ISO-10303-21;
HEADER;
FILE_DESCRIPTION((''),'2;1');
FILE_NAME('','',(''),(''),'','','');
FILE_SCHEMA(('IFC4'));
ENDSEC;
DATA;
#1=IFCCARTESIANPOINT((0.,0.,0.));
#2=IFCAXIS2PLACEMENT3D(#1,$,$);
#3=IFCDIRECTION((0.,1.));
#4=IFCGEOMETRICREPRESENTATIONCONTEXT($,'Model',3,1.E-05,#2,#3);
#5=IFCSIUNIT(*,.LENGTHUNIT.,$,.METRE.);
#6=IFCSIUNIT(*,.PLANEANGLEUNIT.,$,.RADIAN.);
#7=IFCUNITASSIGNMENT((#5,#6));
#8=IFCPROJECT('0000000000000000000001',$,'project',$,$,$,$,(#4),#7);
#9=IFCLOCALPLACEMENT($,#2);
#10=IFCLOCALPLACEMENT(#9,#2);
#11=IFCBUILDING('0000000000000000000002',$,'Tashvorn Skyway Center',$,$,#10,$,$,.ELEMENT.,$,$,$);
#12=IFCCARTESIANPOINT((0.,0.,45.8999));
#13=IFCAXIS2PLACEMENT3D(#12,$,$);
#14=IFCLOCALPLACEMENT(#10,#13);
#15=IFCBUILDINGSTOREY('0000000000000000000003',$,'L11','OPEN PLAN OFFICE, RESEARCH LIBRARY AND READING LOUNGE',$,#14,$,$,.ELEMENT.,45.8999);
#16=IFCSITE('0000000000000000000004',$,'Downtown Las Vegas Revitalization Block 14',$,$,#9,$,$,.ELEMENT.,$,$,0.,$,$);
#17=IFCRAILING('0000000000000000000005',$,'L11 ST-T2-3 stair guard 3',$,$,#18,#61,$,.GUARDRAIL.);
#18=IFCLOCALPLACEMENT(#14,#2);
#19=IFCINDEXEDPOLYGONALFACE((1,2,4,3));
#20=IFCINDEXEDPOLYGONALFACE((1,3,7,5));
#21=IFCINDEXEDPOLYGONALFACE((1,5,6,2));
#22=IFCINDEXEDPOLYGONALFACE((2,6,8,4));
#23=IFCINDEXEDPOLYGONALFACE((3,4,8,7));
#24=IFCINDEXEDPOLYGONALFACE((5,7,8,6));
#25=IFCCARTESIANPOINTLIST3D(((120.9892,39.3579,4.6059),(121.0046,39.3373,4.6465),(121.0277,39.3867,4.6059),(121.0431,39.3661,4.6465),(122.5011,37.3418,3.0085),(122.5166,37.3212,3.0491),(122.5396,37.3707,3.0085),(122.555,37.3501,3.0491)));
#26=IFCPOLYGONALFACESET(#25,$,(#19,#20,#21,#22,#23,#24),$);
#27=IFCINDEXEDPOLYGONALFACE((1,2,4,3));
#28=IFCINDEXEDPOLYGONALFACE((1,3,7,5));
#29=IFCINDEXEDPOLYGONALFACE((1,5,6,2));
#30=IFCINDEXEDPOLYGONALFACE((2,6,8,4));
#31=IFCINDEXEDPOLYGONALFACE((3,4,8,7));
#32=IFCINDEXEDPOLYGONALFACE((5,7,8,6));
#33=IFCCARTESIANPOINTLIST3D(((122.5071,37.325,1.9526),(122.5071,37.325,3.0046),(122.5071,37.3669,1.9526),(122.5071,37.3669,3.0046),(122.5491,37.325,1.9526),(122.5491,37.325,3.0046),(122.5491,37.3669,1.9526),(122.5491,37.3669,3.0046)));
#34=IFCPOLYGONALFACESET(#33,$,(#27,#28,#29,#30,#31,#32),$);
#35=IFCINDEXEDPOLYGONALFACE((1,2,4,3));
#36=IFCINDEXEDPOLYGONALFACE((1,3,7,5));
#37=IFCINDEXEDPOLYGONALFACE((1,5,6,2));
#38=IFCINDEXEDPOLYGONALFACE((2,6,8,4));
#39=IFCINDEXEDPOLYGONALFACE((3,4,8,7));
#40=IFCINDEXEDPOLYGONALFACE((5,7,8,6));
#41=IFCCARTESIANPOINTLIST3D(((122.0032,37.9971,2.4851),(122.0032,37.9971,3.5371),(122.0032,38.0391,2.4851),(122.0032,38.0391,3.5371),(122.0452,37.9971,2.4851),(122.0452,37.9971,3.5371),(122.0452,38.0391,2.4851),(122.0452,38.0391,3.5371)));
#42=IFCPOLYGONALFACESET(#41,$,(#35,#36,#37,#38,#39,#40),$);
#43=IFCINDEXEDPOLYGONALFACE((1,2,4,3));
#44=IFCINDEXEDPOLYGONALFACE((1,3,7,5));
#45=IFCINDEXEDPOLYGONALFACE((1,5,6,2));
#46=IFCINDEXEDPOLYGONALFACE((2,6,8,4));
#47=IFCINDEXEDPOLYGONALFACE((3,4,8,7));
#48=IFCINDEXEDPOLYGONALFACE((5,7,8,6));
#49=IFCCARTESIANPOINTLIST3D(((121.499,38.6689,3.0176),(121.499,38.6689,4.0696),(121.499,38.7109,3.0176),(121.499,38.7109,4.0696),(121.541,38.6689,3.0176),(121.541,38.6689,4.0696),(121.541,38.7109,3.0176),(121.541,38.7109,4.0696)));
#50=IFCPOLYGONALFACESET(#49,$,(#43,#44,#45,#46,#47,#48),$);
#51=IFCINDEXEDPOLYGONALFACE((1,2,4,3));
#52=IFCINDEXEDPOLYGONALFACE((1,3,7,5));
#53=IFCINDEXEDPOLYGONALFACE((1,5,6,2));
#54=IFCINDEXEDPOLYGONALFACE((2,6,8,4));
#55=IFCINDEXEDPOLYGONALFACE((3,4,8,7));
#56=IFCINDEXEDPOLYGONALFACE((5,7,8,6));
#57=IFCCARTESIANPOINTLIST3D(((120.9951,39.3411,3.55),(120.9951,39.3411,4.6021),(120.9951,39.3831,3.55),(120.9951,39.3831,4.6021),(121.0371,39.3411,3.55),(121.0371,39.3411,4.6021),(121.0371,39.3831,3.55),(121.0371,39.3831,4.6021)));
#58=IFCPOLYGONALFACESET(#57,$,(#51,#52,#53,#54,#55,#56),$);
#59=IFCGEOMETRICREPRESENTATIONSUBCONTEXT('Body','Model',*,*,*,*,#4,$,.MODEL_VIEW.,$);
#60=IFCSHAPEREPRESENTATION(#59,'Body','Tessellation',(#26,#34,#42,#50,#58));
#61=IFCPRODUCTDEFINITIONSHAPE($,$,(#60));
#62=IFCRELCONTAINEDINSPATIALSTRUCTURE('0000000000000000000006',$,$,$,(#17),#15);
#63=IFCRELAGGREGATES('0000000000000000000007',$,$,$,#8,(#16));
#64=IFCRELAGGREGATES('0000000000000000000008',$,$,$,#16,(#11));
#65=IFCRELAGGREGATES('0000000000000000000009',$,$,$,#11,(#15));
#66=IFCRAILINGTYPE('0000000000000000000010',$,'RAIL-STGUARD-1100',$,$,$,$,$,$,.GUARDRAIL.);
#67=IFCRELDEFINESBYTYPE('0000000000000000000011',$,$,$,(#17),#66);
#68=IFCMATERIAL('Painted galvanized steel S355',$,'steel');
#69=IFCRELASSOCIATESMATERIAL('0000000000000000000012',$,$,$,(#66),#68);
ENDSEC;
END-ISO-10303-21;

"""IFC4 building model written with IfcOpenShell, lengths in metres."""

from ifc_helpers import new_model, si_unit, direction, frame, origin, origin_2d, place, context, subcontext, project, spatial, rectangle, extrude, material, type_object, element, save


model = new_model("IFC4")

# Units and contexts
model_context = context("Model", 3, precision=1e-05, world=origin(), true_north=direction((0.0, 1.0)))
body_context = subcontext(model_context, "Body", "Model", "MODEL_VIEW")
ifc_project = project(units=[si_unit("LENGTHUNIT", "METRE"), si_unit("PLANEANGLEUNIT", "RADIAN")], contexts=[model_context])

# Site, building, storey
site_placement = place(None, origin())
site = spatial("IfcSite", under=ifc_project, at=site_placement, Name="Downtown Las Vegas Revitalization Block 14", CompositionType="ELEMENT", RefElevation=0.0)
building_placement = place(site_placement, origin())
building = spatial("IfcBuilding", under=site, at=building_placement, Name="Tashvorn Skyway Center", CompositionType="ELEMENT")
storey_placement = place(building_placement, frame((0.0, 0.0, 45.8999)))
storey = spatial("IfcBuildingStorey", under=building, at=storey_placement, Name="L11", Description="OPEN PLAN OFFICE, RESEARCH LIBRARY AND READING LOUNGE", CompositionType="ELEMENT", Elevation=45.8999)

# Railing
ifc_material_1 = material(Name="Painted galvanized steel S355", Category="steel")
railing_type_1 = type_object("IfcRailingType", Name="RAIL-STGUARD-1100", PredefinedType="GUARDRAIL", material=ifc_material_1)
railing_1_placement = place(storey_placement, frame((122.5281, 37.3459, 1.9526)))
element("IfcRailing", 1, at=railing_1_placement, inside=storey, type_object=railing_type_1, Name="L11 ST-T2-3 stair guard 3", PredefinedType="GUARDRAIL", context=body_context, shape_type="SweptSolid", body=[
    extrude(rectangle(XDim=0.0481, YDim=0.0481, at=origin_2d()), frame((0.0, 0.0, 1.0762), z_axis=(-0.506741, 0.675709, 0.535379), x_axis=(-0.800023, -0.599969, 0.0)), (0.0, 0.0, 1.0), 2.9836),
    extrude(rectangle(XDim=0.042, YDim=0.042, at=origin_2d()), origin(), (0.0, 0.0, 1.0), 1.052),
    extrude(rectangle(XDim=0.042, YDim=0.042, at=origin_2d()), frame((-0.5039, 0.6721, 0.5325)), (0.0, 0.0, 1.0), 1.052),
    extrude(rectangle(XDim=0.042, YDim=0.042, at=origin_2d()), frame((-1.0081, 1.344, 1.0649)), (0.0, 0.0, 1.0), 1.052),
    extrude(rectangle(XDim=0.042, YDim=0.042, at=origin_2d()), frame((-1.512, 2.0161, 1.5974)), (0.0, 0.0, 1.0), 1.052),
])

save(model, "model.ifc")
